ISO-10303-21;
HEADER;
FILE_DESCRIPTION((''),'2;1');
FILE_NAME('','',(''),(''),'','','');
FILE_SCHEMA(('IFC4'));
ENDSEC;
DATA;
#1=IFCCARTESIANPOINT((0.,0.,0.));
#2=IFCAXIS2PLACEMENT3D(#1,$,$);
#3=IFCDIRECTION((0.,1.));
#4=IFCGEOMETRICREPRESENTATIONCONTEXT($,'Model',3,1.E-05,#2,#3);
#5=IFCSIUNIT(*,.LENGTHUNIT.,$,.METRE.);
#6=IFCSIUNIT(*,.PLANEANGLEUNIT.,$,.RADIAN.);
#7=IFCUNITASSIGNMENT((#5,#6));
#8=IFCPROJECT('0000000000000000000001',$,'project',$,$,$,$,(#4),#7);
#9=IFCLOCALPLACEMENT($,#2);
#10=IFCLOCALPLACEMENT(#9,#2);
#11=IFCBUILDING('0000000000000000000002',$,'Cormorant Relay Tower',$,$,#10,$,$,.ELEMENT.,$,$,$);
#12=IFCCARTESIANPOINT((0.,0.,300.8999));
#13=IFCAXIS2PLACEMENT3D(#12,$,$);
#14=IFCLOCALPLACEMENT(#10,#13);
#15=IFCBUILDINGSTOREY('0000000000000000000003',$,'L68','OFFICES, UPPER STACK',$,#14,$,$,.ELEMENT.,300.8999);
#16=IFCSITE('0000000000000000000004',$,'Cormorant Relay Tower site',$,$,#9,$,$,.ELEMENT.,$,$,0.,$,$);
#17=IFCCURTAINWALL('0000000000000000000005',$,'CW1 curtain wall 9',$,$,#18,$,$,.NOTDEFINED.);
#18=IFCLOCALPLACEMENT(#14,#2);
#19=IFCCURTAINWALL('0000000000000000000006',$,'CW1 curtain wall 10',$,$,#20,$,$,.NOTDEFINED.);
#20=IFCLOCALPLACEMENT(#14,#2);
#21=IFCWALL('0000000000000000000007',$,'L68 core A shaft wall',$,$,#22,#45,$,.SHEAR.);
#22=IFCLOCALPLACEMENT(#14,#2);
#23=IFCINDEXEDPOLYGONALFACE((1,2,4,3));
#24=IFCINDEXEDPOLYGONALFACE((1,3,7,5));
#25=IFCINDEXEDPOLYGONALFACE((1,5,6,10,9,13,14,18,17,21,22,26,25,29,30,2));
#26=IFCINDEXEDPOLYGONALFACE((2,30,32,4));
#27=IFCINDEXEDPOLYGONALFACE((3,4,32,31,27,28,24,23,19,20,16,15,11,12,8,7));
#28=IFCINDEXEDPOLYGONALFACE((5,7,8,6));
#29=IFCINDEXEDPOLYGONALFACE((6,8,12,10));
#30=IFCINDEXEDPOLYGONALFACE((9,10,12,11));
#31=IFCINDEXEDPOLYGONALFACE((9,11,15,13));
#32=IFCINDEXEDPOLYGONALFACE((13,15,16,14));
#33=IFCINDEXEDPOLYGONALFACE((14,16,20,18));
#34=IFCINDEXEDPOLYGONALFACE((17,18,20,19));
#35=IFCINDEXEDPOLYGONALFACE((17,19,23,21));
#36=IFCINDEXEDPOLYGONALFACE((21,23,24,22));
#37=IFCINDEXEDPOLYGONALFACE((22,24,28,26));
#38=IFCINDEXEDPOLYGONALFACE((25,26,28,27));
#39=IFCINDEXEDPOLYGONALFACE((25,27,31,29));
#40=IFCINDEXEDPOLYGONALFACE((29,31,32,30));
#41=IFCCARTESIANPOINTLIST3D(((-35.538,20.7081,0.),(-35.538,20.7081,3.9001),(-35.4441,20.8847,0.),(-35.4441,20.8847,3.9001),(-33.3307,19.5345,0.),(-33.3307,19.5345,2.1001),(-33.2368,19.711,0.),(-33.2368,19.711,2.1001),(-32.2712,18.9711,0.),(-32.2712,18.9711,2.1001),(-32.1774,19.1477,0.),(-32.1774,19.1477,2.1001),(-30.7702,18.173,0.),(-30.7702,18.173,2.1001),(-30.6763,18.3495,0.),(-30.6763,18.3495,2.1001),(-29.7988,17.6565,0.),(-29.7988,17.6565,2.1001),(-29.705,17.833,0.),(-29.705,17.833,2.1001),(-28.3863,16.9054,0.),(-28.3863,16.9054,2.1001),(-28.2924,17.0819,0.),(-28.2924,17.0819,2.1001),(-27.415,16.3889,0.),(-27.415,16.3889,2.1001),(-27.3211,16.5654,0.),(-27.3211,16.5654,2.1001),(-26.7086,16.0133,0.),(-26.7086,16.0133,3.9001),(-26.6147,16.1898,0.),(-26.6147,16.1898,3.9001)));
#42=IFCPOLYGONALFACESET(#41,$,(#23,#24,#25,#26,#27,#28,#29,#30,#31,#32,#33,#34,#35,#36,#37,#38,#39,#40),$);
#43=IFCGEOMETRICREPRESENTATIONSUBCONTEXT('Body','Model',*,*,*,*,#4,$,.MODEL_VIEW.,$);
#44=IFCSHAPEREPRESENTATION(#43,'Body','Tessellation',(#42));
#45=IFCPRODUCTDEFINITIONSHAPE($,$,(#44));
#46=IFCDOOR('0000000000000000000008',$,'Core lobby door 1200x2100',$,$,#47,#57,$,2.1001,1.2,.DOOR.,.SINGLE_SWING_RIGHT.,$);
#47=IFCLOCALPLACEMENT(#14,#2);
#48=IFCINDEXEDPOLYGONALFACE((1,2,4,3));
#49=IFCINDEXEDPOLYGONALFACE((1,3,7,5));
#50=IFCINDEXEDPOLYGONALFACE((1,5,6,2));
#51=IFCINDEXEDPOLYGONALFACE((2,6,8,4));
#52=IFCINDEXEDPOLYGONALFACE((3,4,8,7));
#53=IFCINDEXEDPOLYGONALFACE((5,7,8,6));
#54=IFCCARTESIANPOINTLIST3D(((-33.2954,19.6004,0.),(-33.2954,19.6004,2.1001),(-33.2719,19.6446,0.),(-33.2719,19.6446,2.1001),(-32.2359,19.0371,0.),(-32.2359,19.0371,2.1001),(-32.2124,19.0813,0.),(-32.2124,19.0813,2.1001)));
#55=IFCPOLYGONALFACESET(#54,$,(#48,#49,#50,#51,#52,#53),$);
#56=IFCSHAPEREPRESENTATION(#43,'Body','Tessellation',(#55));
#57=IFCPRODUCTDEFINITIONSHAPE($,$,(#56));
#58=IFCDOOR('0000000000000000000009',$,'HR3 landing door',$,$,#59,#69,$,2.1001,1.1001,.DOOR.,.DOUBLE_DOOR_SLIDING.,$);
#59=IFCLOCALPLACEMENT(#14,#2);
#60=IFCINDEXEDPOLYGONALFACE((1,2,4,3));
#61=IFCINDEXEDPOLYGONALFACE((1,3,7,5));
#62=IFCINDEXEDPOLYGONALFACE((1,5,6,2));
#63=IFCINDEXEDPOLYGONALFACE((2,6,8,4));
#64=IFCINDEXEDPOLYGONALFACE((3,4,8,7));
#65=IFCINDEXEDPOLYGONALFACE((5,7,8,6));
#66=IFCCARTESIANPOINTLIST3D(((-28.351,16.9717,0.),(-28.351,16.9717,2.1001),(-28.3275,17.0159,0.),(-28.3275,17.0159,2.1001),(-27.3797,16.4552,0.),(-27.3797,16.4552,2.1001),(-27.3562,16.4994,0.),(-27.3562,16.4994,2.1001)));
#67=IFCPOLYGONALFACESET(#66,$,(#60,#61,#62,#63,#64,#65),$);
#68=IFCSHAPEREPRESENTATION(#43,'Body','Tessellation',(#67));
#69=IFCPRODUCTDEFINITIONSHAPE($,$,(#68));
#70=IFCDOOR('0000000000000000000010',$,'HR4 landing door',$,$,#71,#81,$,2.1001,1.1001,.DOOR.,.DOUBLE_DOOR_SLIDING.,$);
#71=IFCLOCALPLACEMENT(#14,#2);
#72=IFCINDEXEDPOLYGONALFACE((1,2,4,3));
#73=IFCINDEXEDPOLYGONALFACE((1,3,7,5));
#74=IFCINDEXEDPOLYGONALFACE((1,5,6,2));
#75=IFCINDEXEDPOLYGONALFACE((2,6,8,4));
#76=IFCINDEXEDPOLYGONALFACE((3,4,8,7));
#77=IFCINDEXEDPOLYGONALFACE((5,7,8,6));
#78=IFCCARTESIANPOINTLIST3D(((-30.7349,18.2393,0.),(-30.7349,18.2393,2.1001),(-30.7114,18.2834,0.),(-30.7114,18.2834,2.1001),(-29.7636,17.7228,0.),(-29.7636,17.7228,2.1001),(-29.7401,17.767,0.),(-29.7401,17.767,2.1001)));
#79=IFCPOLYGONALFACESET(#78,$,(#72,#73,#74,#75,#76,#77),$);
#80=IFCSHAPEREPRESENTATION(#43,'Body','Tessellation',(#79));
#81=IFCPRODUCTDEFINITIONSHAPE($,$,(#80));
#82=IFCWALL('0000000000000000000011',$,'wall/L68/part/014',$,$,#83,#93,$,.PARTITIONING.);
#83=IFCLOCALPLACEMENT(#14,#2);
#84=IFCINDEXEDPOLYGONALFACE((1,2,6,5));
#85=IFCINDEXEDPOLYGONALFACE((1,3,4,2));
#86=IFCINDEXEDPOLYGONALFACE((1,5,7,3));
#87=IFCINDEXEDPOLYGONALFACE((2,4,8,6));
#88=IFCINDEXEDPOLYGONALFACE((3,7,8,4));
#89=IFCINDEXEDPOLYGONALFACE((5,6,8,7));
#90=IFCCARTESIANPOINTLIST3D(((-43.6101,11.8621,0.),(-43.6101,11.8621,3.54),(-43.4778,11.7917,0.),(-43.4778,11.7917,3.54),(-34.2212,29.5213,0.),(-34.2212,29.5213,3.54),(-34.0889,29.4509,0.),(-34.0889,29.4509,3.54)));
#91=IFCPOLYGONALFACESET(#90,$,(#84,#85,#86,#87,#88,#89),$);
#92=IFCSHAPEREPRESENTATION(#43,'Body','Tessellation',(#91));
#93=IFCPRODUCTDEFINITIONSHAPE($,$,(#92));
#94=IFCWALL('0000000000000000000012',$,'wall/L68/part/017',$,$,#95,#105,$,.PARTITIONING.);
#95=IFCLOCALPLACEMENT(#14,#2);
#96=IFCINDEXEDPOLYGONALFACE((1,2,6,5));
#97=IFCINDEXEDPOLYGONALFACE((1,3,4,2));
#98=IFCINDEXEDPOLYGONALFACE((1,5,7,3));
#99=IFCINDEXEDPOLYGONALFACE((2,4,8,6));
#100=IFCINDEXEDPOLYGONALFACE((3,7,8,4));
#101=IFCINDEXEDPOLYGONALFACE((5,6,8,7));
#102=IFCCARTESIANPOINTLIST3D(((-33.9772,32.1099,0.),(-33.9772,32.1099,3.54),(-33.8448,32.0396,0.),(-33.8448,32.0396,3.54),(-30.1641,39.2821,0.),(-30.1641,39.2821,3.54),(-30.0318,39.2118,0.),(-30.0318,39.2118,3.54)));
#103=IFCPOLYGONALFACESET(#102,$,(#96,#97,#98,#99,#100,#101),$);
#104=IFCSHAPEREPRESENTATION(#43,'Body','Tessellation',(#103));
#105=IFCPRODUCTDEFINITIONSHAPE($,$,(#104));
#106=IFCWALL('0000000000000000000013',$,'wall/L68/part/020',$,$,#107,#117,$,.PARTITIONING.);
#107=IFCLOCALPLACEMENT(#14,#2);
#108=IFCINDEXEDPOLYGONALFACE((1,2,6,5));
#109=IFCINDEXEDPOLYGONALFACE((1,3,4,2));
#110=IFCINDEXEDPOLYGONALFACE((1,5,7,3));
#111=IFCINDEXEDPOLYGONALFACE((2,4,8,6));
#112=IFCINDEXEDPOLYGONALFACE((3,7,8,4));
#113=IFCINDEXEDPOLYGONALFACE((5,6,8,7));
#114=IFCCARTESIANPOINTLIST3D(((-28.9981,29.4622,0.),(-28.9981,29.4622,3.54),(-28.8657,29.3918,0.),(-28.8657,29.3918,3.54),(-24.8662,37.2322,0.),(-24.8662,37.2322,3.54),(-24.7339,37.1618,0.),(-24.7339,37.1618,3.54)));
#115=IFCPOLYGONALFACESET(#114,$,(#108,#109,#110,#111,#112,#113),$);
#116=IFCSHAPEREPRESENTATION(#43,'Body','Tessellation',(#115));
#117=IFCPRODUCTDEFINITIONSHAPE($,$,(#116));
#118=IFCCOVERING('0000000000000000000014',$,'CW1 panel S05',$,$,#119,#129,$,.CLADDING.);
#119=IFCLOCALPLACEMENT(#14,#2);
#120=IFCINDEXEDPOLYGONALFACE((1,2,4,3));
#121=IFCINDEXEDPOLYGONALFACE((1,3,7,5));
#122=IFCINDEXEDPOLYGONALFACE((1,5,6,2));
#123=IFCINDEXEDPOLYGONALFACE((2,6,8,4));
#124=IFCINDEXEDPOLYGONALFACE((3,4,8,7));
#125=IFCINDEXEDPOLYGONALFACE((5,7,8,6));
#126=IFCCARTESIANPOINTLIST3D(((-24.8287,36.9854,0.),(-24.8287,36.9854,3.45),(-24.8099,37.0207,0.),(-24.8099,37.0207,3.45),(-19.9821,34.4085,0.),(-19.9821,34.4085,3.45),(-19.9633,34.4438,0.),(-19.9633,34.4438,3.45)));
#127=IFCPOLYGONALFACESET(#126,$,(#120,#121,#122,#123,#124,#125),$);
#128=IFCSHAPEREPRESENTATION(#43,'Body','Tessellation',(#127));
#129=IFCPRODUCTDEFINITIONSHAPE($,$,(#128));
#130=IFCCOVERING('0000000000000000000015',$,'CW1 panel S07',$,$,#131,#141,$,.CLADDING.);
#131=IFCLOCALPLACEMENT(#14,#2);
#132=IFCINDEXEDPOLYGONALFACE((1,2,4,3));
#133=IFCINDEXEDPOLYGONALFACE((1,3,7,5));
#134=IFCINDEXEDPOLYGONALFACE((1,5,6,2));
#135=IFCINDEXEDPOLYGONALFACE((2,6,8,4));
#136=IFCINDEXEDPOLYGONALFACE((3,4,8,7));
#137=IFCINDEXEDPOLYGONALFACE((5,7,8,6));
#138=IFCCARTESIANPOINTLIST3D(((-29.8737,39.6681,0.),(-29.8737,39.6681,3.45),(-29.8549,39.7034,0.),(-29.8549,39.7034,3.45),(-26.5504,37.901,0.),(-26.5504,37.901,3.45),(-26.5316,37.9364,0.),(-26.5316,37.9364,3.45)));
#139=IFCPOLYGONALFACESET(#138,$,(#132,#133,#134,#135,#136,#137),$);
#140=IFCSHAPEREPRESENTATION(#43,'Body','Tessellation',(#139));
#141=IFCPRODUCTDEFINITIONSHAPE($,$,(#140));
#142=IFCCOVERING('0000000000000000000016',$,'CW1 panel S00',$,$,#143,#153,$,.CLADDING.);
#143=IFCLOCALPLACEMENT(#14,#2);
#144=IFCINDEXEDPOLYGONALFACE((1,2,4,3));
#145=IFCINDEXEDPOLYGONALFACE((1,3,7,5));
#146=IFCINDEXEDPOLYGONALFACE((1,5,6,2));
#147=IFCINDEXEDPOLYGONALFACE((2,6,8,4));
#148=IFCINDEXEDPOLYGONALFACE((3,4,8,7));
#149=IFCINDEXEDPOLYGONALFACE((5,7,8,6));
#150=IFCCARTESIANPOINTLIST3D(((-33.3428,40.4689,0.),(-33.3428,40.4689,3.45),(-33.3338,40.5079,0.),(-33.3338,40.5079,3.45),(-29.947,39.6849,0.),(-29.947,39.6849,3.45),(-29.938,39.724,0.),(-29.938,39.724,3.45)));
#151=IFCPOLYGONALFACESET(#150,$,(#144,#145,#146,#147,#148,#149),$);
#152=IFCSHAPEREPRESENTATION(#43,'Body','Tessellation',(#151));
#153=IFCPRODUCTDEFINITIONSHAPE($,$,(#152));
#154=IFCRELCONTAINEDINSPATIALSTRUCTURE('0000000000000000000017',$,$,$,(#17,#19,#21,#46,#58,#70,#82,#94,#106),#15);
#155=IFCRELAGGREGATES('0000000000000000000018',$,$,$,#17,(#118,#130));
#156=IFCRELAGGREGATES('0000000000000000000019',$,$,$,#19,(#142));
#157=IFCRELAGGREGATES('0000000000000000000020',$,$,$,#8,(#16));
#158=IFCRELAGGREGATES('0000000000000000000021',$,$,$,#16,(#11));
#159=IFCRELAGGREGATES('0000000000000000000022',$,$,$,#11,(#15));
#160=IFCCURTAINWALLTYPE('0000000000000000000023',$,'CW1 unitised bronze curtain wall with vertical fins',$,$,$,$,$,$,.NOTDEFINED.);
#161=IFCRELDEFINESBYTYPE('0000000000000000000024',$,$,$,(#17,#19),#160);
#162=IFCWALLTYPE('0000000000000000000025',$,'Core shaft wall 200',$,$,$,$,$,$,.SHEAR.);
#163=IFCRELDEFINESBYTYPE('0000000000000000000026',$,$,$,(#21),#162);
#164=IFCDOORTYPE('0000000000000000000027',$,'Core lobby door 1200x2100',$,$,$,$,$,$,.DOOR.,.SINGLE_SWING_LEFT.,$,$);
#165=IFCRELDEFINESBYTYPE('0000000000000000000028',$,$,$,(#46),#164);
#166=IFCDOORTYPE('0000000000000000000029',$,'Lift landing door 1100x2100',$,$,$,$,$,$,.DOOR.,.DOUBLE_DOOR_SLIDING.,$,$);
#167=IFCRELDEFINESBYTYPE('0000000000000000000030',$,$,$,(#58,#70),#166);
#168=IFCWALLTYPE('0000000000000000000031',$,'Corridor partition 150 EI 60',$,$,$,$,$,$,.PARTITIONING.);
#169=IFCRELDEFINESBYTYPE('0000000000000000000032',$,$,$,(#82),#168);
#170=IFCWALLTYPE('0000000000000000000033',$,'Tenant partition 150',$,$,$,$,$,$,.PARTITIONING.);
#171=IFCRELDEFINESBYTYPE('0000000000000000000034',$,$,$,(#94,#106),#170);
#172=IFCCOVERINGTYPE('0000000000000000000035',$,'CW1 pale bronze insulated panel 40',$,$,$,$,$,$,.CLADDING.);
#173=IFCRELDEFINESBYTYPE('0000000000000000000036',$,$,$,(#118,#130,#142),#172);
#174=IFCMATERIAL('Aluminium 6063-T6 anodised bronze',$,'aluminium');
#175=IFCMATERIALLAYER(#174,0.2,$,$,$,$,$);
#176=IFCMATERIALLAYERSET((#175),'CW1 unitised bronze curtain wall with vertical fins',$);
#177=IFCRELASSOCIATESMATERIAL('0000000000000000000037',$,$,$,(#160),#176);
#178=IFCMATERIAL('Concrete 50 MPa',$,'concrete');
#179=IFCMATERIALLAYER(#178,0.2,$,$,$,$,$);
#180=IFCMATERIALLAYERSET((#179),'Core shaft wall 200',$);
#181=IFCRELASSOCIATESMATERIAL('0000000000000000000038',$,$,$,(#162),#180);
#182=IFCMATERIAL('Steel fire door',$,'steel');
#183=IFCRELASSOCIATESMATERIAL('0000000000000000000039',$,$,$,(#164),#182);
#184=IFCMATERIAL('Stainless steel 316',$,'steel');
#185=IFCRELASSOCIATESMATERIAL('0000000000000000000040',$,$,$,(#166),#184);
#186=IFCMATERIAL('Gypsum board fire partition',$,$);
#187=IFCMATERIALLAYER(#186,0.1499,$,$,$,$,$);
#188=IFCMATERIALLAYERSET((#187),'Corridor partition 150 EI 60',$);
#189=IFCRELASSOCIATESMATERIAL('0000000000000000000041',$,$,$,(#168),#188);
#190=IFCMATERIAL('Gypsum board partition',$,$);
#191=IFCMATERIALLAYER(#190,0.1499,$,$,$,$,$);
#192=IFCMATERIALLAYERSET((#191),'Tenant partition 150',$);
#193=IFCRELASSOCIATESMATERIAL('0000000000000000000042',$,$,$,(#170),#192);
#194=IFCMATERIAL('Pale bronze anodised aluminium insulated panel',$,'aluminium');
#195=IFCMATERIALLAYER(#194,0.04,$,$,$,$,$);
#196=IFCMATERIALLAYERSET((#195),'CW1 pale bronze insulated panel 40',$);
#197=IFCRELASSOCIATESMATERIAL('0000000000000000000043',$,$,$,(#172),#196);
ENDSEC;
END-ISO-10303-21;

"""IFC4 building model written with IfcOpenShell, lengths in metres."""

from ifc_helpers import new_model, si_unit, direction, frame, frame_2d, origin, origin_2d, place, context, subcontext, project, spatial, rectangle, extrude, material, layer, layer_set, type_object, element, fill, aggregate, save


model = new_model("IFC4")

# Units and contexts
model_context = context("Model", 3, precision=1e-05, world=origin(), true_north=direction((0.0, 1.0)))
body_context = subcontext(model_context, "Body", "Model", "MODEL_VIEW")
ifc_project = project(units=[si_unit("LENGTHUNIT", "METRE"), si_unit("PLANEANGLEUNIT", "RADIAN")], contexts=[model_context])

# Site, building, storey
site_placement = place(None, origin())
site = spatial("IfcSite", under=ifc_project, at=site_placement, Name="Cormorant Relay Tower site", CompositionType="ELEMENT", RefElevation=0.0)
building_placement = place(site_placement, origin())
building = spatial("IfcBuilding", under=site, at=building_placement, Name="Cormorant Relay Tower", CompositionType="ELEMENT")
storey_placement = place(building_placement, frame((0.0, 0.0, 300.8999)))
storey = spatial("IfcBuildingStorey", under=building, at=storey_placement, Name="L68", Description="OFFICES, UPPER STACK", CompositionType="ELEMENT", Elevation=300.8999)

# Curtain wall
ifc_material_1 = material(Name="Aluminium 6063-T6 anodised bronze", Category="aluminium")
ifc_layer_1 = layer(ifc_material_1, 0.2)
ifc_layer_set_1 = layer_set([ifc_layer_1], Name="CW1 unitised bronze curtain wall with vertical fins")
curtain_wall_type = type_object("IfcCurtainWallType", Name="CW1 unitised bronze curtain wall with vertical fins", PredefinedType="NOTDEFINED", material=ifc_layer_set_1)
curtain_wall_1_placement = place(storey_placement, origin())
curtain_wall_1 = element("IfcCurtainWall", 1, at=curtain_wall_1_placement, inside=storey, type_object=curtain_wall_type, Name="CW1 curtain wall 9", PredefinedType="NOTDEFINED")

# Curtain wall
curtain_wall_2_placement = place(storey_placement, origin())
curtain_wall_2 = element("IfcCurtainWall", 2, at=curtain_wall_2_placement, inside=storey, type_object=curtain_wall_type, Name="CW1 curtain wall 10", PredefinedType="NOTDEFINED")

# Shared definitions
ifc_material_2 = material(Name="Concrete 50 MPa", Category="concrete")
ifc_layer_2 = layer(ifc_material_2, 0.2)
ifc_layer_set_2 = layer_set([ifc_layer_2], Name="Core shaft wall 200")
wall_type_1 = type_object("IfcWallType", Name="Core shaft wall 200", PredefinedType="SHEAR", material=ifc_layer_set_2)

# Wall, openings, doors
wall_1_placement = place(storey_placement, frame((-26.6616, 16.1016, 0.0), z_axis=(0.0, 0.0, 1.0), x_axis=(-0.88294, 0.469485, 0.0)))
wall_1 = element("IfcWall", 3, at=wall_1_placement, inside=storey, type_object=wall_type_1, Name="L68 core A shaft wall", PredefinedType="SHEAR", context=body_context, shape_type="SweptSolid", body=[
    extrude(rectangle(XDim=10.0, YDim=0.2, at=frame_2d((5.0, 0.0))), origin(), (0.0, 0.0, 1.0), 3.9001),
])
opening_1_placement = place(wall_1_placement, frame((6.3, 0.0, 0.0)))
opening_1 = element("IfcOpeningElement", 4, at=opening_1_placement, cuts=wall_1, PredefinedType="OPENING", context=body_context, shape_type="SweptSolid", body=[
    extrude(rectangle(XDim=1.2, YDim=2.1001, at=frame_2d((0.6001, 1.05))), frame((0.0, 0.1099, 0.0), z_axis=(0.0, -1.0, 0.0), x_axis=(1.0, 0.0, 0.0)), (0.0, 0.0, 1.0), 0.22),
])
opening_2_placement = place(wall_1_placement, frame((0.8, 0.0, 0.0)))
opening_2 = element("IfcOpeningElement", 5, at=opening_2_placement, cuts=wall_1, PredefinedType="OPENING", context=body_context, shape_type="SweptSolid", body=[
    extrude(rectangle(XDim=1.1001, YDim=2.1001, at=frame_2d((0.55, 1.05))), frame((0.0, 0.1099, 0.0), z_axis=(0.0, -1.0, 0.0), x_axis=(1.0, 0.0, 0.0)), (0.0, 0.0, 1.0), 0.22),
])
opening_3_placement = place(wall_1_placement, frame((3.5, 0.0, 0.0)))
opening_3 = element("IfcOpeningElement", 6, at=opening_3_placement, cuts=wall_1, PredefinedType="OPENING", context=body_context, shape_type="SweptSolid", body=[
    extrude(rectangle(XDim=1.1001, YDim=2.1001, at=frame_2d((0.55, 1.05))), frame((0.0, 0.1099, 0.0), z_axis=(0.0, -1.0, 0.0), x_axis=(1.0, 0.0, 0.0)), (0.0, 0.0, 1.0), 0.22),
])
ifc_material_3 = material(Name="Steel fire door", Category="steel")
door_type_1 = type_object("IfcDoorType", Name="Core lobby door 1200x2100", OperationType="SINGLE_SWING_LEFT", PredefinedType="DOOR", material=ifc_material_3)
door_1_placement = place(opening_1_placement, frame((1.2, 0.0, 0.0), z_axis=(0.0, 0.0, 1.0), x_axis=(-1.0, 0.0, 0.0)))
door_1 = element("IfcDoor", 7, at=door_1_placement, inside=storey, type_object=door_type_1, Name="Core lobby door 1200x2100", OperationType="SINGLE_SWING_RIGHT", OverallHeight=2.1001, OverallWidth=1.2, PredefinedType="DOOR", context=body_context, shape_type="SweptSolid", body=[
    extrude(rectangle(XDim=1.2, YDim=2.1001, at=frame_2d((0.6001, 1.05))), frame((0.0, 0.0249, 0.0), z_axis=(0.0, -1.0, 0.0), x_axis=(1.0, 0.0, 0.0)), (0.0, 0.0, 1.0), 0.05),
])
fill(opening_1, door_1)
ifc_material_4 = material(Name="Stainless steel 316", Category="steel")
door_type_2 = type_object("IfcDoorType", Name="Lift landing door 1100x2100", OperationType="DOUBLE_DOOR_SLIDING", PredefinedType="DOOR", material=ifc_material_4)
door_2_placement = place(opening_2_placement, origin())
door_2 = element("IfcDoor", 8, at=door_2_placement, inside=storey, type_object=door_type_2, Name="HR3 landing door", OperationType="DOUBLE_DOOR_SLIDING", OverallHeight=2.1001, OverallWidth=1.1001, PredefinedType="DOOR", context=body_context, shape_type="SweptSolid", body=[
    extrude(rectangle(XDim=1.1001, YDim=2.1001, at=frame_2d((0.55, 1.05))), frame((0.0, 0.0249, 0.0), z_axis=(0.0, -1.0, 0.0), x_axis=(1.0, 0.0, 0.0)), (0.0, 0.0, 1.0), 0.05),
])
fill(opening_2, door_2)
door_3_placement = place(opening_3_placement, origin())
door_3 = element("IfcDoor", 9, at=door_3_placement, inside=storey, type_object=door_type_2, Name="HR4 landing door", OperationType="DOUBLE_DOOR_SLIDING", OverallHeight=2.1001, OverallWidth=1.1001, PredefinedType="DOOR", context=body_context, shape_type="SweptSolid", body=[
    extrude(rectangle(XDim=1.1001, YDim=2.1001, at=frame_2d((0.55, 1.05))), frame((0.0, 0.0249, 0.0), z_axis=(0.0, -1.0, 0.0), x_axis=(1.0, 0.0, 0.0)), (0.0, 0.0, 1.0), 0.05),
])
fill(opening_3, door_3)

# Walls
ifc_material_5 = material(Name="Gypsum board fire partition")
ifc_layer_3 = layer(ifc_material_5, 0.1499)
ifc_layer_set_3 = layer_set([ifc_layer_3], Name="Corridor partition 150 EI 60")
wall_type_2 = type_object("IfcWallType", Name="Corridor partition 150 EI 60", PredefinedType="PARTITIONING", material=ifc_layer_set_3)
wall_2_placement = place(storey_placement, frame((-34.155, 29.4861, 0.0), z_axis=(0.0, 0.0, 1.0), x_axis=(-0.469447, -0.882961, 0.0)))
element("IfcWall", 10, at=wall_2_placement, inside=storey, type_object=wall_type_2, Name="wall/L68/part/014", PredefinedType="PARTITIONING", context=body_context, shape_type="SweptSolid", body=[
    extrude(rectangle(XDim=20.0, YDim=0.1499, at=frame_2d((10.0, 0.0))), origin(), (0.0, 0.0, 1.0), 3.54),
])
ifc_material_6 = material(Name="Gypsum board partition")
ifc_layer_4 = layer(ifc_material_6, 0.1499)
ifc_layer_set_4 = layer_set([ifc_layer_4], Name="Tenant partition 150")
wall_type_3 = type_object("IfcWallType", Name="Tenant partition 150", PredefinedType="PARTITIONING", material=ifc_layer_set_4)
wall_3_placement = place(storey_placement, frame((-30.0979, 39.2471, 0.0), z_axis=(0.0, 0.0, 1.0), x_axis=(-0.469424, -0.882973, 0.0)))
element("IfcWall", 11, at=wall_3_placement, inside=storey, type_object=wall_type_3, Name="wall/L68/part/017", PredefinedType="PARTITIONING", context=body_context, shape_type="SweptSolid", body=[
    extrude(rectangle(XDim=8.1228, YDim=0.1499, at=frame_2d((4.0615, 0.0))), origin(), (0.0, 0.0, 1.0), 3.54),
])
wall_4_placement = place(storey_placement, frame((-24.8, 37.197, 0.0), z_axis=(0.0, 0.0, 1.0), x_axis=(-0.469511, -0.882927, 0.0)))
element("IfcWall", 12, at=wall_4_placement, inside=storey, type_object=wall_type_3, Name="wall/L68/part/020", PredefinedType="PARTITIONING", context=body_context, shape_type="SweptSolid", body=[
    extrude(rectangle(XDim=8.8003, YDim=0.1499, at=frame_2d((4.4001, 0.0))), origin(), (0.0, 0.0, 1.0), 3.54),
])

# Coverings
ifc_material_7 = material(Name="Pale bronze anodised aluminium insulated panel", Category="aluminium")
ifc_layer_5 = layer(ifc_material_7, 0.04)
ifc_layer_set_5 = layer_set([ifc_layer_5], Name="CW1 pale bronze insulated panel 40")
covering_type = type_object("IfcCoveringType", Name="CW1 pale bronze insulated panel 40", PredefinedType="CLADDING", material=ifc_layer_set_5)
covering_1_placement = place(storey_placement, frame((-22.396, 35.7146, 0.0), z_axis=(0.0, 0.0, 1.0), x_axis=(-0.882948, 0.469472, 0.0)))
covering_1 = element("IfcCovering", 13, at=covering_1_placement, type_object=covering_type, Name="CW1 panel S05", PredefinedType="CLADDING", context=body_context, shape_type="SweptSolid", body=[
    extrude(rectangle(XDim=5.489, YDim=0.04, at=origin_2d()), origin(), (0.0, 0.0, 1.0), 3.45),
])
covering_2_placement = place(storey_placement, frame((-28.2026, 38.8022, 0.0), z_axis=(0.0, 0.0, 1.0), x_axis=(-0.882948, 0.469472, 0.0)))
covering_2 = element("IfcCovering", 14, at=covering_2_placement, type_object=covering_type, Name="CW1 panel S07", PredefinedType="CLADDING", context=body_context, shape_type="SweptSolid", body=[
    extrude(rectangle(XDim=3.7639, YDim=0.04, at=origin_2d()), origin(), (0.0, 0.0, 1.0), 3.45),
])
aggregate(curtain_wall_1, [covering_1, covering_2])
covering_3_placement = place(storey_placement, frame((-31.6404, 40.0964, 0.0), z_axis=(0.0, 0.0, 1.0), x_axis=(-0.97437, 0.224951, 0.0)))
covering_3 = element("IfcCovering", 15, at=covering_3_placement, type_object=covering_type, Name="CW1 panel S00", PredefinedType="CLADDING", context=body_context, shape_type="SweptSolid", body=[
    extrude(rectangle(XDim=3.4851, YDim=0.04, at=origin_2d()), origin(), (0.0, 0.0, 1.0), 3.45),
])
aggregate(curtain_wall_2, [covering_3])

save(model, "model.ifc")
